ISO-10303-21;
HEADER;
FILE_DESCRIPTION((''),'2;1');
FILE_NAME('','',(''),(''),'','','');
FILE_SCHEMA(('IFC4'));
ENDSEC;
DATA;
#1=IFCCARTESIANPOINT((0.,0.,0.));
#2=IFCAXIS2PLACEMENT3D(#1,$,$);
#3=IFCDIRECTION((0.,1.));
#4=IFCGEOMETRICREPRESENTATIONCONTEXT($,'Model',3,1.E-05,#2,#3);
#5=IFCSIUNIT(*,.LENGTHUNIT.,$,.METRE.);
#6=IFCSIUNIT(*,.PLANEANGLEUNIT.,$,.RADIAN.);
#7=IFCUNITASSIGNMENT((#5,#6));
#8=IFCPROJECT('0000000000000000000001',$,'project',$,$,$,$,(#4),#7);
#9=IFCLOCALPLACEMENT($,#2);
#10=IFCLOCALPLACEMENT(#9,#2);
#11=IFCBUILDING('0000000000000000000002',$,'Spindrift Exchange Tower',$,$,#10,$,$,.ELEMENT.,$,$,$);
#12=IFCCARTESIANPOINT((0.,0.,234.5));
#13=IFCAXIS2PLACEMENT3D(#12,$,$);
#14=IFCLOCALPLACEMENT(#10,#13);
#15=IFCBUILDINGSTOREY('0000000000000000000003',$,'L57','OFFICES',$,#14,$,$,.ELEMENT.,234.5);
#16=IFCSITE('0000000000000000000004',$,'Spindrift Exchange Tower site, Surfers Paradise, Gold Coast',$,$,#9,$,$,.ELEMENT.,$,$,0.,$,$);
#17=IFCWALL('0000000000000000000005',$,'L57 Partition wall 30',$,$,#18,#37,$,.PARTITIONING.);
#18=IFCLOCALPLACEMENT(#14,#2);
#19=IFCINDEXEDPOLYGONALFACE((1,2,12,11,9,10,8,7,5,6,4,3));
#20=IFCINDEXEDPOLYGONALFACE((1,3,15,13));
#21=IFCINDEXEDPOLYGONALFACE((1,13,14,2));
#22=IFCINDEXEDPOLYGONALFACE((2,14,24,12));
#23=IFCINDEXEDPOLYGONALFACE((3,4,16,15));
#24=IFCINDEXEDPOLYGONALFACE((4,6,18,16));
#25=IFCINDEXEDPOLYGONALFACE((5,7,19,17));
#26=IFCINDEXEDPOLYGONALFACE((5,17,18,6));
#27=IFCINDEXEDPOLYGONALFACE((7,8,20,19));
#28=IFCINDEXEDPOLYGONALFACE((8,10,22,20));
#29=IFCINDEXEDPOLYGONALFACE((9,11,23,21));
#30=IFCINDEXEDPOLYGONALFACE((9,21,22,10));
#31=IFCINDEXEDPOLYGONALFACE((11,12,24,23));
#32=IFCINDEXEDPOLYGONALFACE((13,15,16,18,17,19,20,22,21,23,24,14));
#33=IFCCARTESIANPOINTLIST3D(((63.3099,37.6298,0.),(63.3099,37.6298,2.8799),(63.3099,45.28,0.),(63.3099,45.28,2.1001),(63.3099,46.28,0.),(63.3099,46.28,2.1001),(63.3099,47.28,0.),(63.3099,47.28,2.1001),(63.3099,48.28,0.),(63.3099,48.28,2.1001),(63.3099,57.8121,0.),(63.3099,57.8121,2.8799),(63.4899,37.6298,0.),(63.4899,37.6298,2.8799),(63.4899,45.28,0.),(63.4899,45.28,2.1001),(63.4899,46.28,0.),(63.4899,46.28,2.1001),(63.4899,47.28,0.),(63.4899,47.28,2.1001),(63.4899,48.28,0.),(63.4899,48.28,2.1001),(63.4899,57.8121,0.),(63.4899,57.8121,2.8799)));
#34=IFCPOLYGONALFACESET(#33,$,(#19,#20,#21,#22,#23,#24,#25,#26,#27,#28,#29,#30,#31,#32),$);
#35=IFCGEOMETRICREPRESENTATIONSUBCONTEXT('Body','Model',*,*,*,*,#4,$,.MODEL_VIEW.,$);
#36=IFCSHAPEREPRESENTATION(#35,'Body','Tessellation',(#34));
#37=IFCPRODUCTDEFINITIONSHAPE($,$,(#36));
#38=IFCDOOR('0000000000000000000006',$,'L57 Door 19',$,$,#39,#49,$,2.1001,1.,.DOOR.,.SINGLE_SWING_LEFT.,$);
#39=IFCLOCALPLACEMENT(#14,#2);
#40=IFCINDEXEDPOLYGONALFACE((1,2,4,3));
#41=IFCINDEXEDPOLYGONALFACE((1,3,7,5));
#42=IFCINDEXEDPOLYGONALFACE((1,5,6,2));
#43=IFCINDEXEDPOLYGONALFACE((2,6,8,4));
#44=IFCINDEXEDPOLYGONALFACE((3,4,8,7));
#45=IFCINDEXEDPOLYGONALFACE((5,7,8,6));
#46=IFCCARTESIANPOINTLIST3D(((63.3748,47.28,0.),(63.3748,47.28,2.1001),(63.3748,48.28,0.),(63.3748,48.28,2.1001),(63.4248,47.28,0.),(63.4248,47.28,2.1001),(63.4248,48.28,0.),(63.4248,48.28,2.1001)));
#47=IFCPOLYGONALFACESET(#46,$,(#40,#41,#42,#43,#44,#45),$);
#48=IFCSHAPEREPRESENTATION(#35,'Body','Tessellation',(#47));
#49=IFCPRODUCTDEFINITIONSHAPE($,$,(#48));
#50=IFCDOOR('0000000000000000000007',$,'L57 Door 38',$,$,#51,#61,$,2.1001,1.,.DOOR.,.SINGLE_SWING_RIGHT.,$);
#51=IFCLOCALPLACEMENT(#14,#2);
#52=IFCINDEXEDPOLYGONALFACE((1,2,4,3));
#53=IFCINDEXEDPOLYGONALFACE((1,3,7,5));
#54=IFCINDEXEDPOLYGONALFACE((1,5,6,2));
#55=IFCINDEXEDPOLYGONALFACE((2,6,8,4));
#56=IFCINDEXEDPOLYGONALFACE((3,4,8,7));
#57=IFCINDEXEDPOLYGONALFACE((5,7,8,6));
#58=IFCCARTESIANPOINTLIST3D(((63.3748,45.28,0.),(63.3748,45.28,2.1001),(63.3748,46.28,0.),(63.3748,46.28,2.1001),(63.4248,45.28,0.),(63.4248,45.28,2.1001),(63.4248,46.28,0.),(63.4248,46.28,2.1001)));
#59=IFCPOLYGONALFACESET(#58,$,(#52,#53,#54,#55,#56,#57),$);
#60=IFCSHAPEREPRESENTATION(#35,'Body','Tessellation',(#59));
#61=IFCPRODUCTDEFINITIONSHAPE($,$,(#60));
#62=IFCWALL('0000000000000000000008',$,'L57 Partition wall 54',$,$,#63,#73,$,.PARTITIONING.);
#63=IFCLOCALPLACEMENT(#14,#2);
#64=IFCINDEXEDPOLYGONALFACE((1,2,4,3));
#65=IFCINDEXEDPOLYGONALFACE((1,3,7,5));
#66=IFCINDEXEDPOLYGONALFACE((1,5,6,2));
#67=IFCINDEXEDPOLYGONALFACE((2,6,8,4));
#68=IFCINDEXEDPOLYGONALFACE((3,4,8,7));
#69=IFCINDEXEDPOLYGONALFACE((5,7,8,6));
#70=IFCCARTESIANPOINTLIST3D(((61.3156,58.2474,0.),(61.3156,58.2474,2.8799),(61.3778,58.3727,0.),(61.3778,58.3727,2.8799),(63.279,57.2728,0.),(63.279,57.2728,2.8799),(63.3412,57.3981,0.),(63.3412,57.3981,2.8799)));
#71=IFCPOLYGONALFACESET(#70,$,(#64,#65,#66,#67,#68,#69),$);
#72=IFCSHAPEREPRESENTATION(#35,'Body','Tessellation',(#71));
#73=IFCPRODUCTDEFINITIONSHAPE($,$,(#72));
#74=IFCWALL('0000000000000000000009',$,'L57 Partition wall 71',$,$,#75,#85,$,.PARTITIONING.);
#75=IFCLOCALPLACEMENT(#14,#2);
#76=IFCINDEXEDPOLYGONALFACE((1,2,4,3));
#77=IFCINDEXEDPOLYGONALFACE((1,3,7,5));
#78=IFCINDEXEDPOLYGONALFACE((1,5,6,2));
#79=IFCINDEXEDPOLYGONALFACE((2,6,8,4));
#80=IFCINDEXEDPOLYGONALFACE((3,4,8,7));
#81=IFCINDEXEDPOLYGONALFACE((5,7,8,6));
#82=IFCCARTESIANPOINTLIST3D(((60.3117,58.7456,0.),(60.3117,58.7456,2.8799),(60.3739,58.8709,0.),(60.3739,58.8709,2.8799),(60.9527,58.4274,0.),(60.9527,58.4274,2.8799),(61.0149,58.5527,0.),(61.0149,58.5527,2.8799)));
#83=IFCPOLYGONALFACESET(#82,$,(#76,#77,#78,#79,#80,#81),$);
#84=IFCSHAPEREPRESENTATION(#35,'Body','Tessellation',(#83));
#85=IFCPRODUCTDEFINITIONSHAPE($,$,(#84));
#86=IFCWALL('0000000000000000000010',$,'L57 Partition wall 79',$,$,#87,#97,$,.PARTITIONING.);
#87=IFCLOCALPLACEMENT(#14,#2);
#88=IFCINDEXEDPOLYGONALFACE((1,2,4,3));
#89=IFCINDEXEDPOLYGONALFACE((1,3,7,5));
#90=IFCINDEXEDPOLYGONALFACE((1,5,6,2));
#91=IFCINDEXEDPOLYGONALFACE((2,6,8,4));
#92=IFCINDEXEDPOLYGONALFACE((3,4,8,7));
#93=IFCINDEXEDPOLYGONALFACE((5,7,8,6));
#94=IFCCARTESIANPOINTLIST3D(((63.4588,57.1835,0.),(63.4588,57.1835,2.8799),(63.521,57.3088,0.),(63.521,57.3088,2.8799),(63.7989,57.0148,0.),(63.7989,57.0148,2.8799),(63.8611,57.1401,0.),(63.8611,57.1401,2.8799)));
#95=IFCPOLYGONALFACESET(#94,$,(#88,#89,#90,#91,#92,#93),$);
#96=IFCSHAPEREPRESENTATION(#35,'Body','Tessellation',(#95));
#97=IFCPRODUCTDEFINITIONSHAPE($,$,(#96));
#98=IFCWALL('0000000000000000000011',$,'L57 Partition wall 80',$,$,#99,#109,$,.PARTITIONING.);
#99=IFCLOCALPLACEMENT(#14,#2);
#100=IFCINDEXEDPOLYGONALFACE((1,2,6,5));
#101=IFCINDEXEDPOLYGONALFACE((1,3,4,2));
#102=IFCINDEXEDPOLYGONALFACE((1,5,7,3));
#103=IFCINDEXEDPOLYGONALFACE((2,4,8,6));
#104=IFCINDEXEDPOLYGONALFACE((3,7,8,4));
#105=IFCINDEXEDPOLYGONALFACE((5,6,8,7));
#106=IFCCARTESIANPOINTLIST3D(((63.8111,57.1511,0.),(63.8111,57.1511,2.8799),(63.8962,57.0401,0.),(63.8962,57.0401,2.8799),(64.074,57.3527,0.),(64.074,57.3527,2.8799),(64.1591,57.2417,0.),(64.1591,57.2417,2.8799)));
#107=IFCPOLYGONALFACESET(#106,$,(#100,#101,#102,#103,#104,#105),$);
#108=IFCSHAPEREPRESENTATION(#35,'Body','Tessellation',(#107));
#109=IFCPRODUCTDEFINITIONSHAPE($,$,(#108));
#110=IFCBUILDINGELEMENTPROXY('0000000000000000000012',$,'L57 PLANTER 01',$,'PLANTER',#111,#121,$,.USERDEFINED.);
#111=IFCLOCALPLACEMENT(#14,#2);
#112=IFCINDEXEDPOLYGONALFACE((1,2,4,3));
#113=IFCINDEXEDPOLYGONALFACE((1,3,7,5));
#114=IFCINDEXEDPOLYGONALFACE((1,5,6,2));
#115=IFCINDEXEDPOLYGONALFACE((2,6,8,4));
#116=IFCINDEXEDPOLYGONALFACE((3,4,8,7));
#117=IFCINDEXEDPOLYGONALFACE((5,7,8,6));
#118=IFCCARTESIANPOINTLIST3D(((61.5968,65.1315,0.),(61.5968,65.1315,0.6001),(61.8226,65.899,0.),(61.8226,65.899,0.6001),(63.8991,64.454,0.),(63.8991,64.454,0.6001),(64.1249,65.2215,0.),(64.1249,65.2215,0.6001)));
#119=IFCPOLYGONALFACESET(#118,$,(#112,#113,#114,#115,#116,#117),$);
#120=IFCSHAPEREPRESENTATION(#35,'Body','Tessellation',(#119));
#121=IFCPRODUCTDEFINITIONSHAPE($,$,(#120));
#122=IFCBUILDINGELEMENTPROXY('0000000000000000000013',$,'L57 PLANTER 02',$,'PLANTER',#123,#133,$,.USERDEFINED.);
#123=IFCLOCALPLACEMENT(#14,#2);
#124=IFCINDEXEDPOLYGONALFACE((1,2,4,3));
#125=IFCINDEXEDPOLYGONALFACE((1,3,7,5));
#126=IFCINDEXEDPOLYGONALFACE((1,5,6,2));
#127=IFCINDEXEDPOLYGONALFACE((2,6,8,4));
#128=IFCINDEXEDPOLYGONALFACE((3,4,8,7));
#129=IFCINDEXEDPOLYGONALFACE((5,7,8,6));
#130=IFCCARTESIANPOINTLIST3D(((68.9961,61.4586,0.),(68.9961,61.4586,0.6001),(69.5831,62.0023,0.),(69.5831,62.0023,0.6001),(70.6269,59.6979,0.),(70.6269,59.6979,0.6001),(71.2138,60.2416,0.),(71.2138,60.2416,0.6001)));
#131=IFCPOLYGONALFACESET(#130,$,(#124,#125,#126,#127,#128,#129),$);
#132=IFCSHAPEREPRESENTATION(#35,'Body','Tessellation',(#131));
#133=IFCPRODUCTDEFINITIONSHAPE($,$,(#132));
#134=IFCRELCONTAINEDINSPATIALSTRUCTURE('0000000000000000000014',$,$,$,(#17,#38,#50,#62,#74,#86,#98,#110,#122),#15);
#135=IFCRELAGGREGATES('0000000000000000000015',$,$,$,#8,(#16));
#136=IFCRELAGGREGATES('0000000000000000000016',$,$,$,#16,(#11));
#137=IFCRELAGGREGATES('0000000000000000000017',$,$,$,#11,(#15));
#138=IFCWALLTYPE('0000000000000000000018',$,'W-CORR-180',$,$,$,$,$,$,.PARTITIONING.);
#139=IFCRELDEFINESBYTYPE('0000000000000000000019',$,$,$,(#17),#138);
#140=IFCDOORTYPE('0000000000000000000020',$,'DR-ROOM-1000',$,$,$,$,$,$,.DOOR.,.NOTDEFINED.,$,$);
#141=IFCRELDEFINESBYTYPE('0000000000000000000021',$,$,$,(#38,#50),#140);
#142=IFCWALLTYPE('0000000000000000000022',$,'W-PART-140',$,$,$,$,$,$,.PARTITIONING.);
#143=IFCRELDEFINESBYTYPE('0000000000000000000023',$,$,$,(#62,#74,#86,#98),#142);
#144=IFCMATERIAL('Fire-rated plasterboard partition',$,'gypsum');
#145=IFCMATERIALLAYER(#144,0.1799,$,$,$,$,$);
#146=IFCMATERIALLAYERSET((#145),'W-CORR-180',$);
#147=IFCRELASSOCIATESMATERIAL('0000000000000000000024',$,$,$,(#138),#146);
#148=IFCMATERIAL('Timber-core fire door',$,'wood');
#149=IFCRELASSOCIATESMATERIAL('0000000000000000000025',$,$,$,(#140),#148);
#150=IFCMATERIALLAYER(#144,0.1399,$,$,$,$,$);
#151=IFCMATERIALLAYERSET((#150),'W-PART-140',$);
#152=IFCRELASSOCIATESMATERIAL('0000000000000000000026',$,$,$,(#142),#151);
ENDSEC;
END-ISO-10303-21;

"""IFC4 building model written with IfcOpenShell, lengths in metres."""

from ifc_helpers import new_model, si_unit, direction, frame, frame_2d, origin, origin_2d, place, context, subcontext, project, spatial, rectangle, extrude, source, transform, mapped, material, layer, layer_set, type_object, element, fill, save


model = new_model("IFC4")

# Units and contexts
model_context = context("Model", 3, precision=1e-05, world=origin(), true_north=direction((0.0, 1.0)))
body_context = subcontext(model_context, "Body", "Model", "MODEL_VIEW")
ifc_project = project(units=[si_unit("LENGTHUNIT", "METRE"), si_unit("PLANEANGLEUNIT", "RADIAN")], contexts=[model_context])

# Site, building, storey
site_placement = place(None, origin())
site = spatial("IfcSite", under=ifc_project, at=site_placement, Name="Spindrift Exchange Tower site, Surfers Paradise, Gold Coast", CompositionType="ELEMENT", RefElevation=0.0)
building_placement = place(site_placement, origin())
building = spatial("IfcBuilding", under=site, at=building_placement, Name="Spindrift Exchange Tower", CompositionType="ELEMENT")
storey_placement = place(building_placement, frame((0.0, 0.0, 234.5)))
storey = spatial("IfcBuildingStorey", under=building, at=storey_placement, Name="L57", Description="OFFICES", CompositionType="ELEMENT", Elevation=234.5)

# Wall, openings, doors
ifc_material_1 = material(Name="Fire-rated plasterboard partition", Category="gypsum")
ifc_layer_1 = layer(ifc_material_1, 0.1799)
ifc_layer_set_1 = layer_set([ifc_layer_1], Name="W-CORR-180")
wall_type_1 = type_object("IfcWallType", Name="W-CORR-180", PredefinedType="PARTITIONING", material=ifc_layer_set_1)
wall_1_placement = place(storey_placement, frame((63.3999, 57.8123, 0.0), z_axis=(0.0, 0.0, 1.0), x_axis=(0.0, -1.0, 0.0)))
wall_1 = element("IfcWall", 1, at=wall_1_placement, inside=storey, type_object=wall_type_1, Name="L57 Partition wall 30", PredefinedType="PARTITIONING", context=body_context, shape_type="SweptSolid", body=[
    extrude(rectangle(XDim=20.1824, YDim=0.1799, at=frame_2d((10.0913, 0.0))), origin(), (0.0, 0.0, 1.0), 2.8799),
])
opening_1_placement = place(wall_1_placement, frame((9.5322, 0.0, 0.0)))
opening_1 = element("IfcOpeningElement", 2, at=opening_1_placement, cuts=wall_1, PredefinedType="OPENING", context=body_context, shape_type="SweptSolid", body=[
    extrude(rectangle(XDim=1.0, YDim=2.1001, at=frame_2d((0.5, 1.05))), frame((0.0, 0.0999, 0.0), z_axis=(0.0, -1.0, 0.0), x_axis=(1.0, 0.0, 0.0)), (0.0, 0.0, 1.0), 0.2),
])
opening_2_placement = place(wall_1_placement, frame((11.5322, 0.0, 0.0)))
opening_2 = element("IfcOpeningElement", 3, at=opening_2_placement, cuts=wall_1, PredefinedType="OPENING", context=body_context, shape_type="SweptSolid", body=[
    extrude(rectangle(XDim=1.0, YDim=2.1001, at=frame_2d((0.5, 1.05))), frame((0.0, 0.0999, 0.0), z_axis=(0.0, -1.0, 0.0), x_axis=(1.0, 0.0, 0.0)), (0.0, 0.0, 1.0), 0.2),
])
ifc_material_2 = material(Name="Timber-core fire door", Category="wood")
door_type = type_object("IfcDoorType", Name="DR-ROOM-1000", OperationType="NOTDEFINED", PredefinedType="DOOR", material=ifc_material_2)
shared_shape_1 = source(origin(), body_context, "Body", "SweptSolid", [
    extrude(rectangle(XDim=1.0, YDim=2.1001, at=frame_2d((0.5, 1.05))), frame((0.0, 0.0249, 0.0), z_axis=(0.0, -1.0, 0.0), x_axis=(1.0, 0.0, 0.0)), (0.0, 0.0, 1.0), 0.05),
])
door_1_placement = place(opening_1_placement, origin())
door_1 = element("IfcDoor", 4, at=door_1_placement, inside=storey, type_object=door_type, Name="L57 Door 19", OperationType="SINGLE_SWING_LEFT", OverallHeight=2.1001, OverallWidth=1.0, PredefinedType="DOOR", context=body_context, shape_type="MappedRepresentation", body=[
    mapped(shared_shape_1, transform((0.0, 0.0, 0.0), scale=1.0)),
])
fill(opening_1, door_1)
door_2_placement = place(opening_2_placement, origin())
door_2 = element("IfcDoor", 5, at=door_2_placement, inside=storey, type_object=door_type, Name="L57 Door 38", OperationType="SINGLE_SWING_RIGHT", OverallHeight=2.1001, OverallWidth=1.0, PredefinedType="DOOR", context=body_context, shape_type="MappedRepresentation", body=[
    mapped(shared_shape_1, transform((0.0, 0.0, 0.0), scale=1.0)),
])
fill(opening_2, door_2)

# Walls
ifc_layer_2 = layer(ifc_material_1, 0.1399)
ifc_layer_set_2 = layer_set([ifc_layer_2], Name="W-PART-140")
wall_type_2 = type_object("IfcWallType", Name="W-PART-140", PredefinedType="PARTITIONING", material=ifc_layer_set_2)
wall_2_placement = place(storey_placement, frame((63.3101, 57.3354, 0.0), z_axis=(0.0, 0.0, 1.0), x_axis=(-0.895715, 0.444628, 0.0)))
element("IfcWall", 6, at=wall_2_placement, inside=storey, type_object=wall_type_2, Name="L57 Partition wall 54", PredefinedType="PARTITIONING", context=body_context, shape_type="SweptSolid", body=[
    extrude(rectangle(XDim=2.1919, YDim=0.1399, at=frame_2d((1.0959, 0.0))), origin(), (0.0, 0.0, 1.0), 2.8799),
])
wall_3_placement = place(storey_placement, frame((60.9839, 58.49, 0.0), z_axis=(0.0, 0.0, 1.0), x_axis=(-0.89572, 0.444618, 0.0)))
element("IfcWall", 7, at=wall_3_placement, inside=storey, type_object=wall_type_2, Name="L57 Partition wall 71", PredefinedType="PARTITIONING", context=body_context, shape_type="SweptSolid", body=[
    extrude(rectangle(XDim=0.7156, YDim=0.1399, at=frame_2d((0.3579, 0.0))), origin(), (0.0, 0.0, 1.0), 2.8799),
])
wall_4_placement = place(storey_placement, frame((63.8301, 57.0774, 0.0), z_axis=(0.0, 0.0, 1.0), x_axis=(-0.895838, 0.444382, 0.0)))
element("IfcWall", 8, at=wall_4_placement, inside=storey, type_object=wall_type_2, Name="L57 Partition wall 79", PredefinedType="PARTITIONING", context=body_context, shape_type="SweptSolid", body=[
    extrude(rectangle(XDim=0.3796, YDim=0.1399, at=frame_2d((0.1899, 0.0))), origin(), (0.0, 0.0, 1.0), 2.8799),
])
wall_5_placement = place(storey_placement, frame((63.8538, 57.0957, 0.0), z_axis=(0.0, 0.0, 1.0), x_axis=(0.7935, 0.608571, 0.0)))
element("IfcWall", 9, at=wall_5_placement, inside=storey, type_object=wall_type_2, Name="L57 Partition wall 80", PredefinedType="PARTITIONING", context=body_context, shape_type="SweptSolid", body=[
    extrude(rectangle(XDim=0.3313, YDim=0.1399, at=frame_2d((0.1655, 0.0))), origin(), (0.0, 0.0, 1.0), 2.8799),
])

# Building element proxies
shared_shape_2 = source(origin(), body_context, "Body", "SweptSolid", [
    extrude(rectangle(XDim=2.3999, YDim=0.8, at=origin_2d()), origin(), (0.0, 0.0, 1.0), 0.6001),
])
for number, where, z_axis, x_axis, name in (
    (10, (62.8608, 65.1765, 0.0), (0.0, 0.0, 1.0), (0.959327, -0.282296, 0.0), "L57 PLANTER 01"),
    (11, (70.105, 60.8501, 0.0), (0.0, 0.0, 1.0), (0.679517, -0.73366, 0.0), "L57 PLANTER 02"),
):
    element("IfcBuildingElementProxy", number, at=place(storey_placement, frame(where, z_axis=z_axis, x_axis=x_axis)), inside=storey, Name=name, ObjectType="PLANTER", PredefinedType="USERDEFINED", context=body_context, shape_type="MappedRepresentation", body=[
        mapped(shared_shape_2, transform((0.0, 0.0, 0.0), scale=1.0)),
    ])

save(model, "model.ifc")
